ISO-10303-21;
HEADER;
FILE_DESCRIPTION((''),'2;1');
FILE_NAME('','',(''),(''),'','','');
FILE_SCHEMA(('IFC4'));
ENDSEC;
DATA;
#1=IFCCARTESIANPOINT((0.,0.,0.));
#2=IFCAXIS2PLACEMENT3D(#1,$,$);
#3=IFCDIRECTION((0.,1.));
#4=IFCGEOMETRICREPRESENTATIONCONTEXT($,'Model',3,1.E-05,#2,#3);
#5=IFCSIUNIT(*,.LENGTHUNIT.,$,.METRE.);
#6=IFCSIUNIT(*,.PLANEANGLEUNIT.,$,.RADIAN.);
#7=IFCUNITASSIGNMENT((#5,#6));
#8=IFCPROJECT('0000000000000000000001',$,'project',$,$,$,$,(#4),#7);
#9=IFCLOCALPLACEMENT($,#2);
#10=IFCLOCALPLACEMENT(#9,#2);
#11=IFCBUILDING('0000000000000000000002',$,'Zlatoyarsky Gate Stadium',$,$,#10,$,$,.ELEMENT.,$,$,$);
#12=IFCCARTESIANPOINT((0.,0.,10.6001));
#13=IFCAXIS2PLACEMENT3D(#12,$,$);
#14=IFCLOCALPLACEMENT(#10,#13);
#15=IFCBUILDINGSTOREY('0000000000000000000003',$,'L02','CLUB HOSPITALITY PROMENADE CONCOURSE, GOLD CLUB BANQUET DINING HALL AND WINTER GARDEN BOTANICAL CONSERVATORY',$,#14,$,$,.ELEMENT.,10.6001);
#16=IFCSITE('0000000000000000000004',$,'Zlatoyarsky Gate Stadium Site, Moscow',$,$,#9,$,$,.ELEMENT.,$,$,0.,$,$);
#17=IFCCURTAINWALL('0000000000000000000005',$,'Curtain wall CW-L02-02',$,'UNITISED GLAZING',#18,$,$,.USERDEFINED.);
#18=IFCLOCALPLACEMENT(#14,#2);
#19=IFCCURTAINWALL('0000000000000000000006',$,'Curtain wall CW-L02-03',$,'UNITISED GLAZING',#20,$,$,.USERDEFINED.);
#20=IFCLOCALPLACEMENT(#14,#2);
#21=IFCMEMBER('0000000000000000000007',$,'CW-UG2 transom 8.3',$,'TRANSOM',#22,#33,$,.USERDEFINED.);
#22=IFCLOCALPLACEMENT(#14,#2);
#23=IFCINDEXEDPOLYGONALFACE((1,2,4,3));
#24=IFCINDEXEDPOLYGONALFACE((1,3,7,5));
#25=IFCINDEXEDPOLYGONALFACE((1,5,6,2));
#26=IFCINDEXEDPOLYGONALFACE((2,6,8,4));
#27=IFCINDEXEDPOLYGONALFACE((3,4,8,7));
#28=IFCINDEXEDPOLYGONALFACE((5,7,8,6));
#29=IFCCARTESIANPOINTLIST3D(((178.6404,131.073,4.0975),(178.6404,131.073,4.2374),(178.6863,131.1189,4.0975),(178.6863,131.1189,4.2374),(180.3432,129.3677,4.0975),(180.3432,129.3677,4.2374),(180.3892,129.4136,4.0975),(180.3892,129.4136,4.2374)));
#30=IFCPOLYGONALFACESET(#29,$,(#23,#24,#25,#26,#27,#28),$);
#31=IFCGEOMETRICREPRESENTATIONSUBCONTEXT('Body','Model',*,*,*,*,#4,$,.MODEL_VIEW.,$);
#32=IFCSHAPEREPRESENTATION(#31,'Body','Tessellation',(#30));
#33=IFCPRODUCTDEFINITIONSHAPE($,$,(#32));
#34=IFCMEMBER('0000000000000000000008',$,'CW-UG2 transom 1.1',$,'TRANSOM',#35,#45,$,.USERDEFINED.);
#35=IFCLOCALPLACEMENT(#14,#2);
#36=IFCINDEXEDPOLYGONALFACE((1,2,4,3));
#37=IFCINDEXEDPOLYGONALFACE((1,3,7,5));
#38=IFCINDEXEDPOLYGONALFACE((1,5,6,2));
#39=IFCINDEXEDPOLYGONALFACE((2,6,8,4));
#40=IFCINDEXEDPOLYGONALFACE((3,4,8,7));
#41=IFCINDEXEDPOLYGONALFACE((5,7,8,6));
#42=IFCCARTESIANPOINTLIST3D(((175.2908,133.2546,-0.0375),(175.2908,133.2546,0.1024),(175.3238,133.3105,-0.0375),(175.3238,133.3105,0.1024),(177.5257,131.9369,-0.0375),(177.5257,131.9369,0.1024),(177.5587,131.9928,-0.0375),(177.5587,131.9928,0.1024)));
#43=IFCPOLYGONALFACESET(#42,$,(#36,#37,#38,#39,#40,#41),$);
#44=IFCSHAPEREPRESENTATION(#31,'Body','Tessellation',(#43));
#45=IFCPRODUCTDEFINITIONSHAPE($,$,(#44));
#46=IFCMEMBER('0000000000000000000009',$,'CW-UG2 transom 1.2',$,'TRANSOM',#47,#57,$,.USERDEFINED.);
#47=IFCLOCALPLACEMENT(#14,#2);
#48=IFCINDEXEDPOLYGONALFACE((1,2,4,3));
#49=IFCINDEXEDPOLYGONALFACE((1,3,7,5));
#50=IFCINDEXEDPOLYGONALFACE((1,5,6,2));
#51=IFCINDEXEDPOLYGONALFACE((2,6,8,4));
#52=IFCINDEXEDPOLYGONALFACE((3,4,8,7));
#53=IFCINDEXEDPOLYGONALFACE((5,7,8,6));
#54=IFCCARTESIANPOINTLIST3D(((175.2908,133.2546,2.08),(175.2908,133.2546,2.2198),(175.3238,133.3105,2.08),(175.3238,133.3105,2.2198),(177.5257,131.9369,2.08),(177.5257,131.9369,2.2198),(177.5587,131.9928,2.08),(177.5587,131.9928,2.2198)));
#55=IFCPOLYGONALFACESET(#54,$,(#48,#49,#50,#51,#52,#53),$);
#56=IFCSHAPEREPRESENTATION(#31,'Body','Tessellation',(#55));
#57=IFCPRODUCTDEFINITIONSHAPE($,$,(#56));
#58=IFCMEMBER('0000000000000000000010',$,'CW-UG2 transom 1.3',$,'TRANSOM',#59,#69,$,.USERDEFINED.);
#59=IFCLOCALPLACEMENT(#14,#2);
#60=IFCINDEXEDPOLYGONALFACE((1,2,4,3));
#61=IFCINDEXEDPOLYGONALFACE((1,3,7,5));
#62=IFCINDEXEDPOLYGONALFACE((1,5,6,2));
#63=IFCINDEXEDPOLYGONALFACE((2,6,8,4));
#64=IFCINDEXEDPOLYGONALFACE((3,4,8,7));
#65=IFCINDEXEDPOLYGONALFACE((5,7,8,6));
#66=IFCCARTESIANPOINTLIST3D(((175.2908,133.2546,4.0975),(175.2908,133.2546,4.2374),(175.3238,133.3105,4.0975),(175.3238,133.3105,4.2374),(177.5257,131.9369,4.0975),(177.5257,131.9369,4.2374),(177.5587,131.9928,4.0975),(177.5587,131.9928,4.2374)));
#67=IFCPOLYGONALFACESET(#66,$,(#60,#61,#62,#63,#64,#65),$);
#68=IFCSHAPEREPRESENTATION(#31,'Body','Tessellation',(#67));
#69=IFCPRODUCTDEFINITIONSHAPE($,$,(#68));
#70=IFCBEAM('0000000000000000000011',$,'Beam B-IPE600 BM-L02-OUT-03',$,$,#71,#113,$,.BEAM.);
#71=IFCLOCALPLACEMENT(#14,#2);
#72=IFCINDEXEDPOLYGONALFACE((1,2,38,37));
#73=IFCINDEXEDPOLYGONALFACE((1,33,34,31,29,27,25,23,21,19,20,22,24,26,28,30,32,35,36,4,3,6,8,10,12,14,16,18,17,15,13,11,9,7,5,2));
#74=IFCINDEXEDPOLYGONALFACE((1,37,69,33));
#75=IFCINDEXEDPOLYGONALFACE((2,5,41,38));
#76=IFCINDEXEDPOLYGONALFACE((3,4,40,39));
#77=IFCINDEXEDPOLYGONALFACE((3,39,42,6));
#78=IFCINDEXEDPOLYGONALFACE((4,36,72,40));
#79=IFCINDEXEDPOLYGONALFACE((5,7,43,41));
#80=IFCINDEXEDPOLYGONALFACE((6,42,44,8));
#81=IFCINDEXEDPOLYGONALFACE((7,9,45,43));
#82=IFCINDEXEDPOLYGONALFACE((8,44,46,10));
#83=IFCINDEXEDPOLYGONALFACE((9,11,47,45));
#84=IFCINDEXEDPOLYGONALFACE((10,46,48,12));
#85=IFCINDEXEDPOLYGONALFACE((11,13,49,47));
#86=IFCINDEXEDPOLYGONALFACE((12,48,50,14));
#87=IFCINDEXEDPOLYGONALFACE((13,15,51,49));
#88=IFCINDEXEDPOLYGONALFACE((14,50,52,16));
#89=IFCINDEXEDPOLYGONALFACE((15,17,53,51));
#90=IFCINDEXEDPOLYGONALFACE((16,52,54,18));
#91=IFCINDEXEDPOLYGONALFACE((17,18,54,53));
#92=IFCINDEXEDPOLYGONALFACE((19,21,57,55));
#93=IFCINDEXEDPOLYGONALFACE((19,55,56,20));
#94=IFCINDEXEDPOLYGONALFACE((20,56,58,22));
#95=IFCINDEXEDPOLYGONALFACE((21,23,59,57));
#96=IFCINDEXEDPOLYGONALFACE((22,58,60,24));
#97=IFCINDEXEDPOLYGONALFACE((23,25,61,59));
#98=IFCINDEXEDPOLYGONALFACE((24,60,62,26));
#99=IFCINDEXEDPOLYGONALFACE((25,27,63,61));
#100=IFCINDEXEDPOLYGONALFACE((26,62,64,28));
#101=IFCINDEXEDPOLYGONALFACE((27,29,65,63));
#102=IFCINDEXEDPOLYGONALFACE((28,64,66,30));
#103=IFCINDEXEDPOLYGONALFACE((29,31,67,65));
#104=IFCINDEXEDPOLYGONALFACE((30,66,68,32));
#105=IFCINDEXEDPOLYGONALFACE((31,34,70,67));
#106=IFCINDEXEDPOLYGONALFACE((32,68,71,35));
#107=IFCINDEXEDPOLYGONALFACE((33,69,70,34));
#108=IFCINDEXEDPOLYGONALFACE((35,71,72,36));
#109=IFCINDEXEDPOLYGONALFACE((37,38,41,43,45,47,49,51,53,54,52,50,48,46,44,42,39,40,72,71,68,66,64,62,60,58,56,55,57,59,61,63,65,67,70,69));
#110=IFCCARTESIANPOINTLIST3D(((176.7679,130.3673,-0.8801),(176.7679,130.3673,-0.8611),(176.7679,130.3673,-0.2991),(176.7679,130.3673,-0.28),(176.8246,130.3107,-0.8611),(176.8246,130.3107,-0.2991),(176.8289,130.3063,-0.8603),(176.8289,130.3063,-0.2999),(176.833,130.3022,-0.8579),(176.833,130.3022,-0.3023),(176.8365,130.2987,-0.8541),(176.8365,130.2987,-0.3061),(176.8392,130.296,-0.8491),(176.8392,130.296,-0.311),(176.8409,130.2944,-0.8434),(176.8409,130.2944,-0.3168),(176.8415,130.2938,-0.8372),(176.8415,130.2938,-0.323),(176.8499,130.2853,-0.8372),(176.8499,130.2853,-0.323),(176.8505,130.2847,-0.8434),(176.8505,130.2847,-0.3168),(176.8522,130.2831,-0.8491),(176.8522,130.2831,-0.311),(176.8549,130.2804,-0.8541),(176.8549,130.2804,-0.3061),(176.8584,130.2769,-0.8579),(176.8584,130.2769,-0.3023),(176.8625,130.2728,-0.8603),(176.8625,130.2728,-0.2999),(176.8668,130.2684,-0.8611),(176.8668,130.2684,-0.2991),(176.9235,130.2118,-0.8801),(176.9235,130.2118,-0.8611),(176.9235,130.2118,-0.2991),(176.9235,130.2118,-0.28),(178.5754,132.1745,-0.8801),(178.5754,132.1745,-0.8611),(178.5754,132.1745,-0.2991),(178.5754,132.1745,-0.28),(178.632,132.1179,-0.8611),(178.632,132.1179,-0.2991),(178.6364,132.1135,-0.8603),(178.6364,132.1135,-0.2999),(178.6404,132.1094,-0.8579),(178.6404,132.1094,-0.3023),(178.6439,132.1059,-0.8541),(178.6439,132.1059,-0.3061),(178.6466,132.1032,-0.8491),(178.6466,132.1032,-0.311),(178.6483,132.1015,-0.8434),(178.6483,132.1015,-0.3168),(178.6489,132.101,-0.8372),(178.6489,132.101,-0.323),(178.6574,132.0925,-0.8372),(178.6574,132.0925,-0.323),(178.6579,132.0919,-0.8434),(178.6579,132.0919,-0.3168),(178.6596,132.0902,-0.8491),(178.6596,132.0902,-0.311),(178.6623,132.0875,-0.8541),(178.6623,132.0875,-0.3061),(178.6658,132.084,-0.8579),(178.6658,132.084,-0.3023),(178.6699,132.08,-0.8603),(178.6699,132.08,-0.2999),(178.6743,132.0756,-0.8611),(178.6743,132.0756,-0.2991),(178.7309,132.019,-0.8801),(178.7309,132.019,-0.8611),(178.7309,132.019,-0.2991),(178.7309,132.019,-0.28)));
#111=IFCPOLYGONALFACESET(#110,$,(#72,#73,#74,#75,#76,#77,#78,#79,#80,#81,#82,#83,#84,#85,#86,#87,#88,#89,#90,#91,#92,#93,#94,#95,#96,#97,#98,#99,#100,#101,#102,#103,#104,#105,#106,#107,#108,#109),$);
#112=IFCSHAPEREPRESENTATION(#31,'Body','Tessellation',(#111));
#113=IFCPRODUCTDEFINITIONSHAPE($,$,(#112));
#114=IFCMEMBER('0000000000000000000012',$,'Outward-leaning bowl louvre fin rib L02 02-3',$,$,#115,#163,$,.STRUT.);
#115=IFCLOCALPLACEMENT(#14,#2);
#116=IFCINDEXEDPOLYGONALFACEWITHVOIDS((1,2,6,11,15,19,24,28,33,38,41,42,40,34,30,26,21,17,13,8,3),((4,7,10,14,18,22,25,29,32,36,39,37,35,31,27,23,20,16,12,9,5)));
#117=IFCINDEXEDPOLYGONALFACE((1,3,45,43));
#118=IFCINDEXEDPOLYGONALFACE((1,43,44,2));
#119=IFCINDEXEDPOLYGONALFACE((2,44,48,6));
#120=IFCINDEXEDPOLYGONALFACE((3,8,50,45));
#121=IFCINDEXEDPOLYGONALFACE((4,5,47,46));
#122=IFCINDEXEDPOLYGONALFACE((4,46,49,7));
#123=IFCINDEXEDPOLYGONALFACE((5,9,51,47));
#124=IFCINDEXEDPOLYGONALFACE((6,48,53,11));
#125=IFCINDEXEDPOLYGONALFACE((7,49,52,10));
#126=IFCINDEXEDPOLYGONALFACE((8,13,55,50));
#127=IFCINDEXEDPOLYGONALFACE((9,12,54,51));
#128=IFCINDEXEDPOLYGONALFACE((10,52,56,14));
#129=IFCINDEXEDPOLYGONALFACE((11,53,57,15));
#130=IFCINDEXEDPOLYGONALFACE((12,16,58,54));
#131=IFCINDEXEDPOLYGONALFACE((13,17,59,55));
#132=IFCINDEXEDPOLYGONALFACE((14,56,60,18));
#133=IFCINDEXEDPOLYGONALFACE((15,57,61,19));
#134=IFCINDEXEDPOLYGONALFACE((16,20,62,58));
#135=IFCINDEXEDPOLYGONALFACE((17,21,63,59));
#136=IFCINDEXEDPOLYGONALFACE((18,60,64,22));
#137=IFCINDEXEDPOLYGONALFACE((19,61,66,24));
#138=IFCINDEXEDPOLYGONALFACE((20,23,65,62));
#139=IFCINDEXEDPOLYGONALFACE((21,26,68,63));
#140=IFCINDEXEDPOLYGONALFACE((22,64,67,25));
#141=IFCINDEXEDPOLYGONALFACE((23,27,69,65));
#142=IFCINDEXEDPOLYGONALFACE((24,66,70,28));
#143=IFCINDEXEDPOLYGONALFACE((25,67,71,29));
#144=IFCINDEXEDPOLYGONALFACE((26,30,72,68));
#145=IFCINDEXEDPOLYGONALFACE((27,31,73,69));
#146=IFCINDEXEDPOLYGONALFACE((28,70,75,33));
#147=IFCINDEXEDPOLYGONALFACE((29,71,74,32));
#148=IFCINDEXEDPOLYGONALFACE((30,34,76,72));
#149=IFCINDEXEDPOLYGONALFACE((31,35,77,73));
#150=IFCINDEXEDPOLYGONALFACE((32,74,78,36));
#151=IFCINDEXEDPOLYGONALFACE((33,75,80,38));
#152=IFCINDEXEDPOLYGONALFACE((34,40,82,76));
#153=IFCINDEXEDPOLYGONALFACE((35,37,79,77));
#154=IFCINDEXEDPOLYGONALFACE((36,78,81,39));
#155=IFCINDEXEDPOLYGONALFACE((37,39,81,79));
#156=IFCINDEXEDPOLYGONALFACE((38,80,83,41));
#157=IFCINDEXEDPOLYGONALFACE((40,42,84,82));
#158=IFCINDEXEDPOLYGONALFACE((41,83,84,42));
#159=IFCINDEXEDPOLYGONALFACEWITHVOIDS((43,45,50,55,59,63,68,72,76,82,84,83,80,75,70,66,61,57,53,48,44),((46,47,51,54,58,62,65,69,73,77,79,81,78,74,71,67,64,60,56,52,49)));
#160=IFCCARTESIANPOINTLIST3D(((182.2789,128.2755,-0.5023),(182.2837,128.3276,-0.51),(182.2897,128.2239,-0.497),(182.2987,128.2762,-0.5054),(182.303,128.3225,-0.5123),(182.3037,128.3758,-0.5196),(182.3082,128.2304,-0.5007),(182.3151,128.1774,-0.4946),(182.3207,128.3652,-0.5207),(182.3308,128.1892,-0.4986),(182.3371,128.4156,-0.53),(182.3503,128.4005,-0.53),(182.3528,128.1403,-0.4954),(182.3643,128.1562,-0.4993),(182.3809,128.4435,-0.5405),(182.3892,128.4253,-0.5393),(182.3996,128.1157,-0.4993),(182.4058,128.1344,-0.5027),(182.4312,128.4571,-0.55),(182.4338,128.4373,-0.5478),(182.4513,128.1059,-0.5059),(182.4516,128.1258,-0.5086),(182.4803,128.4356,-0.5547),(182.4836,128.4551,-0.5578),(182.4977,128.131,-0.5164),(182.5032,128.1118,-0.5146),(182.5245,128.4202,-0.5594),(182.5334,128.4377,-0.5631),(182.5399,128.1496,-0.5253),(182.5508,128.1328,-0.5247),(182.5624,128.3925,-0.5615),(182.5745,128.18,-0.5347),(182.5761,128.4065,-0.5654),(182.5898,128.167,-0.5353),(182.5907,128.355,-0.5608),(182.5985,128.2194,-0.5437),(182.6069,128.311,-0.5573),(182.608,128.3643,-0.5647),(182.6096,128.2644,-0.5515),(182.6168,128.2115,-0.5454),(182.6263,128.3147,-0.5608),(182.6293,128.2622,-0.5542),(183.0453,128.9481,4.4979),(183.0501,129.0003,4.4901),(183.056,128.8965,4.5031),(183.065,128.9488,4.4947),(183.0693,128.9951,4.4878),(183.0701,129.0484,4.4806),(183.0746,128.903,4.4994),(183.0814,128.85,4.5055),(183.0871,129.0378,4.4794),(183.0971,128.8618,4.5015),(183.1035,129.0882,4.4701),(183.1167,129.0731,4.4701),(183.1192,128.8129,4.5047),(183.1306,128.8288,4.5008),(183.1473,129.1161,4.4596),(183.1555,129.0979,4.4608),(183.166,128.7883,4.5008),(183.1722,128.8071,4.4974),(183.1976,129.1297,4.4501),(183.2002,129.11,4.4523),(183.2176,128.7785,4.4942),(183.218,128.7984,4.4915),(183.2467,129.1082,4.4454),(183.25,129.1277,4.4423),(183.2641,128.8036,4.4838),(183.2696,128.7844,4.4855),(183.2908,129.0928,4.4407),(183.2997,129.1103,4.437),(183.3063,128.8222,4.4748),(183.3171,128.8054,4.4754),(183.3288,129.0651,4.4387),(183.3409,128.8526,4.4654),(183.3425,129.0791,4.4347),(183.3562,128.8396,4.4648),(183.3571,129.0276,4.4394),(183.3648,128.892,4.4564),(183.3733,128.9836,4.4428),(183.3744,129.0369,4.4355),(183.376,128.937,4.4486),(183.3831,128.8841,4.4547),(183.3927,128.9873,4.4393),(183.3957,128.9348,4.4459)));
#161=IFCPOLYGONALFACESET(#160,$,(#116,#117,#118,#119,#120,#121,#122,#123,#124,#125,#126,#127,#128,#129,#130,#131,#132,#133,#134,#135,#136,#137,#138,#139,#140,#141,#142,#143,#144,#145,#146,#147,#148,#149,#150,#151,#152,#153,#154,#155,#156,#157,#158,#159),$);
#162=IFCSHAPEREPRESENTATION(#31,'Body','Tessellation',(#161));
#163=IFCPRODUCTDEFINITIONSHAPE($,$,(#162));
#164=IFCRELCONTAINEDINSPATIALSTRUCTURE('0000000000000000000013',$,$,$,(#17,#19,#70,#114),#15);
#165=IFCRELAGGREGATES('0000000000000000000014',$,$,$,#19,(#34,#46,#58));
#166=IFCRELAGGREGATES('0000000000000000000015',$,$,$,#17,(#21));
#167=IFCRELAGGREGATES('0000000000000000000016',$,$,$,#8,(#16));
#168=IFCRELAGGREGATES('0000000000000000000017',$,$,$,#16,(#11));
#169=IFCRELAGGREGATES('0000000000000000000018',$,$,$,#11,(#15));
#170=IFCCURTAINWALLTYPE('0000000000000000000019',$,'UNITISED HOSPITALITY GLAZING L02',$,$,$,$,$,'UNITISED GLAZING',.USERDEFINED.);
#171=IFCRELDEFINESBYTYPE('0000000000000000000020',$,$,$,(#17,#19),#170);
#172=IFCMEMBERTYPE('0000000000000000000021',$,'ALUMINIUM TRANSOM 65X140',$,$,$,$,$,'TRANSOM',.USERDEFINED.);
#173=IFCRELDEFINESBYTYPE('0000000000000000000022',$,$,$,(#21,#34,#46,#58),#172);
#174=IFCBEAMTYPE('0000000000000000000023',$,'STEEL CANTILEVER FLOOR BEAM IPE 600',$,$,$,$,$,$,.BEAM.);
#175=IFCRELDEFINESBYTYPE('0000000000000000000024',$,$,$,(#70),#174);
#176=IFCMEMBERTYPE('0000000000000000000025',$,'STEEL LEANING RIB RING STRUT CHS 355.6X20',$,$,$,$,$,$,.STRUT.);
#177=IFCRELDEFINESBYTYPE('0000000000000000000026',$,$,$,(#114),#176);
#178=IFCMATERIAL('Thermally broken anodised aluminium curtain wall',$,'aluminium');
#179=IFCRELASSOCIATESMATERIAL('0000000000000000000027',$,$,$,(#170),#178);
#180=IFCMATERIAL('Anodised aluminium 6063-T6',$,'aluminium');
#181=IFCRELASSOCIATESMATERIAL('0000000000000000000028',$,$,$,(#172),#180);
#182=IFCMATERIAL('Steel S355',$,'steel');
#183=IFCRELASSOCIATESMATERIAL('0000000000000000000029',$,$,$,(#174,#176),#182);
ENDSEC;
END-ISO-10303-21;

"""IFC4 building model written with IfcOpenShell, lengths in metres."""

from ifc_helpers import new_model, si_unit, direction, frame, origin, origin_2d, place, context, subcontext, project, spatial, rectangle, hollow_circle, i_section, extrude, material, material_profile, profile_set, type_object, element, aggregate, save


model = new_model("IFC4")

# Units and contexts
model_context = context("Model", 3, precision=1e-05, world=origin(), true_north=direction((0.0, 1.0)))
body_context = subcontext(model_context, "Body", "Model", "MODEL_VIEW")
ifc_project = project(units=[si_unit("LENGTHUNIT", "METRE"), si_unit("PLANEANGLEUNIT", "RADIAN")], contexts=[model_context])

# Site, building, storey
site_placement = place(None, origin())
site = spatial("IfcSite", under=ifc_project, at=site_placement, Name="Zlatoyarsky Gate Stadium Site, Moscow", CompositionType="ELEMENT", RefElevation=0.0)
building_placement = place(site_placement, origin())
building = spatial("IfcBuilding", under=site, at=building_placement, Name="Zlatoyarsky Gate Stadium", CompositionType="ELEMENT")
storey_placement = place(building_placement, frame((0.0, 0.0, 10.6001)))
storey = spatial("IfcBuildingStorey", under=building, at=storey_placement, Name="L02", Description="CLUB HOSPITALITY PROMENADE CONCOURSE, GOLD CLUB BANQUET DINING HALL AND WINTER GARDEN BOTANICAL CONSERVATORY", CompositionType="ELEMENT", Elevation=10.6001)

# Shared definitions
ifc_material_1 = material(Name="Steel S355", Category="steel")

# Curtain wall
ifc_material_2 = material(Name="Thermally broken anodised aluminium curtain wall", Category="aluminium")
curtain_wall_type = type_object("IfcCurtainWallType", Name="UNITISED HOSPITALITY GLAZING L02", ElementType="UNITISED GLAZING", PredefinedType="USERDEFINED", material=ifc_material_2)
curtain_wall_1_placement = place(storey_placement, origin())
curtain_wall_1 = element("IfcCurtainWall", 1, at=curtain_wall_1_placement, inside=storey, type_object=curtain_wall_type, Name="Curtain wall CW-L02-02", ObjectType="UNITISED GLAZING", PredefinedType="USERDEFINED")
ifc_material_3 = material(Name="Anodised aluminium 6063-T6", Category="aluminium")

# Curtain wall
curtain_wall_2_placement = place(storey_placement, origin())
curtain_wall_2 = element("IfcCurtainWall", 2, at=curtain_wall_2_placement, inside=storey, type_object=curtain_wall_type, Name="Curtain wall CW-L02-03", ObjectType="UNITISED GLAZING", PredefinedType="USERDEFINED")

# Members
ifc_material_profile_1 = material_profile(ifc_material_3, rectangle(XDim=0.0649, YDim=0.1399, at=origin_2d()), Name="ALU 65X140")
ifc_profile_set_1 = profile_set([ifc_material_profile_1], Name="Anodised aluminium 6063-T6")
member_type_1 = type_object("IfcMemberType", Name="ALUMINIUM TRANSOM 65X140", ElementType="TRANSOM", PredefinedType="USERDEFINED", material=ifc_profile_set_1)
member_1_placement = place(storey_placement, frame((180.3662, 129.3906, 4.1675), z_axis=(-0.7066, 0.707613, 0.0), x_axis=(-0.707613, -0.7066, 0.0)))
member_1 = element("IfcMember", 3, at=member_1_placement, type_object=member_type_1, Name="CW-UG2 transom 8.3", ObjectType="TRANSOM", PredefinedType="USERDEFINED", context=body_context, shape_type="SweptSolid", body=[
    extrude(rectangle(XDim=0.0649, YDim=0.1399, at=origin_2d()), origin(), (0.0, 0.0, 1.0), 2.4099),
])
member_2_placement = place(storey_placement, frame((177.5422, 131.9648, 0.0325), z_axis=(-0.861428, 0.507879, 0.0), x_axis=(-0.507879, -0.861428, 0.0)))
member_2 = element("IfcMember", 4, at=member_2_placement, type_object=member_type_1, Name="CW-UG2 transom 1.1", ObjectType="TRANSOM", PredefinedType="USERDEFINED", context=body_context, shape_type="SweptSolid", body=[
    extrude(rectangle(XDim=0.0649, YDim=0.1399, at=origin_2d()), origin(), (0.0, 0.0, 1.0), 2.5945),
])
member_3_placement = place(storey_placement, frame((177.5422, 131.9648, 2.1499), z_axis=(-0.861428, 0.507879, 0.0), x_axis=(-0.507879, -0.861428, 0.0)))
member_3 = element("IfcMember", 5, at=member_3_placement, type_object=member_type_1, Name="CW-UG2 transom 1.2", ObjectType="TRANSOM", PredefinedType="USERDEFINED", context=body_context, shape_type="SweptSolid", body=[
    extrude(rectangle(XDim=0.0649, YDim=0.1399, at=origin_2d()), origin(), (0.0, 0.0, 1.0), 2.5945),
])
member_4_placement = place(storey_placement, frame((177.5422, 131.9648, 4.1675), z_axis=(-0.861428, 0.507879, 0.0), x_axis=(-0.507879, -0.861428, 0.0)))
member_4 = element("IfcMember", 6, at=member_4_placement, type_object=member_type_1, Name="CW-UG2 transom 1.3", ObjectType="TRANSOM", PredefinedType="USERDEFINED", context=body_context, shape_type="SweptSolid", body=[
    extrude(rectangle(XDim=0.0649, YDim=0.1399, at=origin_2d()), origin(), (0.0, 0.0, 1.0), 2.5945),
])
aggregate(curtain_wall_2, [member_2, member_3, member_4])

# Beam
ifc_material_profile_2 = material_profile(ifc_material_1, i_section(OverallWidth=0.22, OverallDepth=0.6001, WebThickness=0.012, FlangeThickness=0.019, FilletRadius=0.0239, at=origin_2d()), Name="IPE 600")
ifc_profile_set_2 = profile_set([ifc_material_profile_2], Name="Steel S355")
beam_type_1 = type_object("IfcBeamType", Name="STEEL CANTILEVER FLOOR BEAM IPE 600", PredefinedType="BEAM", material=ifc_profile_set_2)
beam_1_placement = place(storey_placement, frame((176.8457, 130.2896, -0.5801), z_axis=(0.707155, 0.707059, 0.0), x_axis=(-0.707059, 0.707155, 0.0)))
element("IfcBeam", 7, at=beam_1_placement, inside=storey, type_object=beam_type_1, Name="Beam B-IPE600 BM-L02-OUT-03", PredefinedType="BEAM", context=body_context, shape_type="SweptSolid", body=[
    extrude(i_section(OverallWidth=0.22, OverallDepth=0.6001, WebThickness=0.012, FlangeThickness=0.019, FilletRadius=0.0239, at=origin_2d()), origin(), (0.0, 0.0, 1.0), 2.5559),
])

# Member
ifc_material_profile_3 = material_profile(ifc_material_1, hollow_circle(Radius=0.1777, WallThickness=0.02, at=origin_2d()), Name="CHS 355.6X20")
ifc_profile_set_3 = profile_set([ifc_material_profile_3], Name="Steel S355")
member_type_2 = type_object("IfcMemberType", Name="STEEL LEANING RIB RING STRUT CHS 355.6X20", PredefinedType="STRUT", material=ifc_profile_set_3)
member_5_placement = place(storey_placement, frame((182.4543, 128.282, -0.53), z_axis=(0.15018, 0.131809, 0.979833), x_axis=(-0.65964, 0.751582, 0.0)))
element("IfcMember", 8, at=member_5_placement, inside=storey, type_object=member_type_2, Name="Outward-leaning bowl louvre fin rib L02 02-3", PredefinedType="STRUT", context=body_context, shape_type="SweptSolid", body=[
    extrude(hollow_circle(Radius=0.1777, WallThickness=0.02, at=origin_2d()), origin(), (0.0, 0.0, 1.0), 5.103),
])

aggregate(curtain_wall_1, [member_1])

save(model, "model.ifc")
